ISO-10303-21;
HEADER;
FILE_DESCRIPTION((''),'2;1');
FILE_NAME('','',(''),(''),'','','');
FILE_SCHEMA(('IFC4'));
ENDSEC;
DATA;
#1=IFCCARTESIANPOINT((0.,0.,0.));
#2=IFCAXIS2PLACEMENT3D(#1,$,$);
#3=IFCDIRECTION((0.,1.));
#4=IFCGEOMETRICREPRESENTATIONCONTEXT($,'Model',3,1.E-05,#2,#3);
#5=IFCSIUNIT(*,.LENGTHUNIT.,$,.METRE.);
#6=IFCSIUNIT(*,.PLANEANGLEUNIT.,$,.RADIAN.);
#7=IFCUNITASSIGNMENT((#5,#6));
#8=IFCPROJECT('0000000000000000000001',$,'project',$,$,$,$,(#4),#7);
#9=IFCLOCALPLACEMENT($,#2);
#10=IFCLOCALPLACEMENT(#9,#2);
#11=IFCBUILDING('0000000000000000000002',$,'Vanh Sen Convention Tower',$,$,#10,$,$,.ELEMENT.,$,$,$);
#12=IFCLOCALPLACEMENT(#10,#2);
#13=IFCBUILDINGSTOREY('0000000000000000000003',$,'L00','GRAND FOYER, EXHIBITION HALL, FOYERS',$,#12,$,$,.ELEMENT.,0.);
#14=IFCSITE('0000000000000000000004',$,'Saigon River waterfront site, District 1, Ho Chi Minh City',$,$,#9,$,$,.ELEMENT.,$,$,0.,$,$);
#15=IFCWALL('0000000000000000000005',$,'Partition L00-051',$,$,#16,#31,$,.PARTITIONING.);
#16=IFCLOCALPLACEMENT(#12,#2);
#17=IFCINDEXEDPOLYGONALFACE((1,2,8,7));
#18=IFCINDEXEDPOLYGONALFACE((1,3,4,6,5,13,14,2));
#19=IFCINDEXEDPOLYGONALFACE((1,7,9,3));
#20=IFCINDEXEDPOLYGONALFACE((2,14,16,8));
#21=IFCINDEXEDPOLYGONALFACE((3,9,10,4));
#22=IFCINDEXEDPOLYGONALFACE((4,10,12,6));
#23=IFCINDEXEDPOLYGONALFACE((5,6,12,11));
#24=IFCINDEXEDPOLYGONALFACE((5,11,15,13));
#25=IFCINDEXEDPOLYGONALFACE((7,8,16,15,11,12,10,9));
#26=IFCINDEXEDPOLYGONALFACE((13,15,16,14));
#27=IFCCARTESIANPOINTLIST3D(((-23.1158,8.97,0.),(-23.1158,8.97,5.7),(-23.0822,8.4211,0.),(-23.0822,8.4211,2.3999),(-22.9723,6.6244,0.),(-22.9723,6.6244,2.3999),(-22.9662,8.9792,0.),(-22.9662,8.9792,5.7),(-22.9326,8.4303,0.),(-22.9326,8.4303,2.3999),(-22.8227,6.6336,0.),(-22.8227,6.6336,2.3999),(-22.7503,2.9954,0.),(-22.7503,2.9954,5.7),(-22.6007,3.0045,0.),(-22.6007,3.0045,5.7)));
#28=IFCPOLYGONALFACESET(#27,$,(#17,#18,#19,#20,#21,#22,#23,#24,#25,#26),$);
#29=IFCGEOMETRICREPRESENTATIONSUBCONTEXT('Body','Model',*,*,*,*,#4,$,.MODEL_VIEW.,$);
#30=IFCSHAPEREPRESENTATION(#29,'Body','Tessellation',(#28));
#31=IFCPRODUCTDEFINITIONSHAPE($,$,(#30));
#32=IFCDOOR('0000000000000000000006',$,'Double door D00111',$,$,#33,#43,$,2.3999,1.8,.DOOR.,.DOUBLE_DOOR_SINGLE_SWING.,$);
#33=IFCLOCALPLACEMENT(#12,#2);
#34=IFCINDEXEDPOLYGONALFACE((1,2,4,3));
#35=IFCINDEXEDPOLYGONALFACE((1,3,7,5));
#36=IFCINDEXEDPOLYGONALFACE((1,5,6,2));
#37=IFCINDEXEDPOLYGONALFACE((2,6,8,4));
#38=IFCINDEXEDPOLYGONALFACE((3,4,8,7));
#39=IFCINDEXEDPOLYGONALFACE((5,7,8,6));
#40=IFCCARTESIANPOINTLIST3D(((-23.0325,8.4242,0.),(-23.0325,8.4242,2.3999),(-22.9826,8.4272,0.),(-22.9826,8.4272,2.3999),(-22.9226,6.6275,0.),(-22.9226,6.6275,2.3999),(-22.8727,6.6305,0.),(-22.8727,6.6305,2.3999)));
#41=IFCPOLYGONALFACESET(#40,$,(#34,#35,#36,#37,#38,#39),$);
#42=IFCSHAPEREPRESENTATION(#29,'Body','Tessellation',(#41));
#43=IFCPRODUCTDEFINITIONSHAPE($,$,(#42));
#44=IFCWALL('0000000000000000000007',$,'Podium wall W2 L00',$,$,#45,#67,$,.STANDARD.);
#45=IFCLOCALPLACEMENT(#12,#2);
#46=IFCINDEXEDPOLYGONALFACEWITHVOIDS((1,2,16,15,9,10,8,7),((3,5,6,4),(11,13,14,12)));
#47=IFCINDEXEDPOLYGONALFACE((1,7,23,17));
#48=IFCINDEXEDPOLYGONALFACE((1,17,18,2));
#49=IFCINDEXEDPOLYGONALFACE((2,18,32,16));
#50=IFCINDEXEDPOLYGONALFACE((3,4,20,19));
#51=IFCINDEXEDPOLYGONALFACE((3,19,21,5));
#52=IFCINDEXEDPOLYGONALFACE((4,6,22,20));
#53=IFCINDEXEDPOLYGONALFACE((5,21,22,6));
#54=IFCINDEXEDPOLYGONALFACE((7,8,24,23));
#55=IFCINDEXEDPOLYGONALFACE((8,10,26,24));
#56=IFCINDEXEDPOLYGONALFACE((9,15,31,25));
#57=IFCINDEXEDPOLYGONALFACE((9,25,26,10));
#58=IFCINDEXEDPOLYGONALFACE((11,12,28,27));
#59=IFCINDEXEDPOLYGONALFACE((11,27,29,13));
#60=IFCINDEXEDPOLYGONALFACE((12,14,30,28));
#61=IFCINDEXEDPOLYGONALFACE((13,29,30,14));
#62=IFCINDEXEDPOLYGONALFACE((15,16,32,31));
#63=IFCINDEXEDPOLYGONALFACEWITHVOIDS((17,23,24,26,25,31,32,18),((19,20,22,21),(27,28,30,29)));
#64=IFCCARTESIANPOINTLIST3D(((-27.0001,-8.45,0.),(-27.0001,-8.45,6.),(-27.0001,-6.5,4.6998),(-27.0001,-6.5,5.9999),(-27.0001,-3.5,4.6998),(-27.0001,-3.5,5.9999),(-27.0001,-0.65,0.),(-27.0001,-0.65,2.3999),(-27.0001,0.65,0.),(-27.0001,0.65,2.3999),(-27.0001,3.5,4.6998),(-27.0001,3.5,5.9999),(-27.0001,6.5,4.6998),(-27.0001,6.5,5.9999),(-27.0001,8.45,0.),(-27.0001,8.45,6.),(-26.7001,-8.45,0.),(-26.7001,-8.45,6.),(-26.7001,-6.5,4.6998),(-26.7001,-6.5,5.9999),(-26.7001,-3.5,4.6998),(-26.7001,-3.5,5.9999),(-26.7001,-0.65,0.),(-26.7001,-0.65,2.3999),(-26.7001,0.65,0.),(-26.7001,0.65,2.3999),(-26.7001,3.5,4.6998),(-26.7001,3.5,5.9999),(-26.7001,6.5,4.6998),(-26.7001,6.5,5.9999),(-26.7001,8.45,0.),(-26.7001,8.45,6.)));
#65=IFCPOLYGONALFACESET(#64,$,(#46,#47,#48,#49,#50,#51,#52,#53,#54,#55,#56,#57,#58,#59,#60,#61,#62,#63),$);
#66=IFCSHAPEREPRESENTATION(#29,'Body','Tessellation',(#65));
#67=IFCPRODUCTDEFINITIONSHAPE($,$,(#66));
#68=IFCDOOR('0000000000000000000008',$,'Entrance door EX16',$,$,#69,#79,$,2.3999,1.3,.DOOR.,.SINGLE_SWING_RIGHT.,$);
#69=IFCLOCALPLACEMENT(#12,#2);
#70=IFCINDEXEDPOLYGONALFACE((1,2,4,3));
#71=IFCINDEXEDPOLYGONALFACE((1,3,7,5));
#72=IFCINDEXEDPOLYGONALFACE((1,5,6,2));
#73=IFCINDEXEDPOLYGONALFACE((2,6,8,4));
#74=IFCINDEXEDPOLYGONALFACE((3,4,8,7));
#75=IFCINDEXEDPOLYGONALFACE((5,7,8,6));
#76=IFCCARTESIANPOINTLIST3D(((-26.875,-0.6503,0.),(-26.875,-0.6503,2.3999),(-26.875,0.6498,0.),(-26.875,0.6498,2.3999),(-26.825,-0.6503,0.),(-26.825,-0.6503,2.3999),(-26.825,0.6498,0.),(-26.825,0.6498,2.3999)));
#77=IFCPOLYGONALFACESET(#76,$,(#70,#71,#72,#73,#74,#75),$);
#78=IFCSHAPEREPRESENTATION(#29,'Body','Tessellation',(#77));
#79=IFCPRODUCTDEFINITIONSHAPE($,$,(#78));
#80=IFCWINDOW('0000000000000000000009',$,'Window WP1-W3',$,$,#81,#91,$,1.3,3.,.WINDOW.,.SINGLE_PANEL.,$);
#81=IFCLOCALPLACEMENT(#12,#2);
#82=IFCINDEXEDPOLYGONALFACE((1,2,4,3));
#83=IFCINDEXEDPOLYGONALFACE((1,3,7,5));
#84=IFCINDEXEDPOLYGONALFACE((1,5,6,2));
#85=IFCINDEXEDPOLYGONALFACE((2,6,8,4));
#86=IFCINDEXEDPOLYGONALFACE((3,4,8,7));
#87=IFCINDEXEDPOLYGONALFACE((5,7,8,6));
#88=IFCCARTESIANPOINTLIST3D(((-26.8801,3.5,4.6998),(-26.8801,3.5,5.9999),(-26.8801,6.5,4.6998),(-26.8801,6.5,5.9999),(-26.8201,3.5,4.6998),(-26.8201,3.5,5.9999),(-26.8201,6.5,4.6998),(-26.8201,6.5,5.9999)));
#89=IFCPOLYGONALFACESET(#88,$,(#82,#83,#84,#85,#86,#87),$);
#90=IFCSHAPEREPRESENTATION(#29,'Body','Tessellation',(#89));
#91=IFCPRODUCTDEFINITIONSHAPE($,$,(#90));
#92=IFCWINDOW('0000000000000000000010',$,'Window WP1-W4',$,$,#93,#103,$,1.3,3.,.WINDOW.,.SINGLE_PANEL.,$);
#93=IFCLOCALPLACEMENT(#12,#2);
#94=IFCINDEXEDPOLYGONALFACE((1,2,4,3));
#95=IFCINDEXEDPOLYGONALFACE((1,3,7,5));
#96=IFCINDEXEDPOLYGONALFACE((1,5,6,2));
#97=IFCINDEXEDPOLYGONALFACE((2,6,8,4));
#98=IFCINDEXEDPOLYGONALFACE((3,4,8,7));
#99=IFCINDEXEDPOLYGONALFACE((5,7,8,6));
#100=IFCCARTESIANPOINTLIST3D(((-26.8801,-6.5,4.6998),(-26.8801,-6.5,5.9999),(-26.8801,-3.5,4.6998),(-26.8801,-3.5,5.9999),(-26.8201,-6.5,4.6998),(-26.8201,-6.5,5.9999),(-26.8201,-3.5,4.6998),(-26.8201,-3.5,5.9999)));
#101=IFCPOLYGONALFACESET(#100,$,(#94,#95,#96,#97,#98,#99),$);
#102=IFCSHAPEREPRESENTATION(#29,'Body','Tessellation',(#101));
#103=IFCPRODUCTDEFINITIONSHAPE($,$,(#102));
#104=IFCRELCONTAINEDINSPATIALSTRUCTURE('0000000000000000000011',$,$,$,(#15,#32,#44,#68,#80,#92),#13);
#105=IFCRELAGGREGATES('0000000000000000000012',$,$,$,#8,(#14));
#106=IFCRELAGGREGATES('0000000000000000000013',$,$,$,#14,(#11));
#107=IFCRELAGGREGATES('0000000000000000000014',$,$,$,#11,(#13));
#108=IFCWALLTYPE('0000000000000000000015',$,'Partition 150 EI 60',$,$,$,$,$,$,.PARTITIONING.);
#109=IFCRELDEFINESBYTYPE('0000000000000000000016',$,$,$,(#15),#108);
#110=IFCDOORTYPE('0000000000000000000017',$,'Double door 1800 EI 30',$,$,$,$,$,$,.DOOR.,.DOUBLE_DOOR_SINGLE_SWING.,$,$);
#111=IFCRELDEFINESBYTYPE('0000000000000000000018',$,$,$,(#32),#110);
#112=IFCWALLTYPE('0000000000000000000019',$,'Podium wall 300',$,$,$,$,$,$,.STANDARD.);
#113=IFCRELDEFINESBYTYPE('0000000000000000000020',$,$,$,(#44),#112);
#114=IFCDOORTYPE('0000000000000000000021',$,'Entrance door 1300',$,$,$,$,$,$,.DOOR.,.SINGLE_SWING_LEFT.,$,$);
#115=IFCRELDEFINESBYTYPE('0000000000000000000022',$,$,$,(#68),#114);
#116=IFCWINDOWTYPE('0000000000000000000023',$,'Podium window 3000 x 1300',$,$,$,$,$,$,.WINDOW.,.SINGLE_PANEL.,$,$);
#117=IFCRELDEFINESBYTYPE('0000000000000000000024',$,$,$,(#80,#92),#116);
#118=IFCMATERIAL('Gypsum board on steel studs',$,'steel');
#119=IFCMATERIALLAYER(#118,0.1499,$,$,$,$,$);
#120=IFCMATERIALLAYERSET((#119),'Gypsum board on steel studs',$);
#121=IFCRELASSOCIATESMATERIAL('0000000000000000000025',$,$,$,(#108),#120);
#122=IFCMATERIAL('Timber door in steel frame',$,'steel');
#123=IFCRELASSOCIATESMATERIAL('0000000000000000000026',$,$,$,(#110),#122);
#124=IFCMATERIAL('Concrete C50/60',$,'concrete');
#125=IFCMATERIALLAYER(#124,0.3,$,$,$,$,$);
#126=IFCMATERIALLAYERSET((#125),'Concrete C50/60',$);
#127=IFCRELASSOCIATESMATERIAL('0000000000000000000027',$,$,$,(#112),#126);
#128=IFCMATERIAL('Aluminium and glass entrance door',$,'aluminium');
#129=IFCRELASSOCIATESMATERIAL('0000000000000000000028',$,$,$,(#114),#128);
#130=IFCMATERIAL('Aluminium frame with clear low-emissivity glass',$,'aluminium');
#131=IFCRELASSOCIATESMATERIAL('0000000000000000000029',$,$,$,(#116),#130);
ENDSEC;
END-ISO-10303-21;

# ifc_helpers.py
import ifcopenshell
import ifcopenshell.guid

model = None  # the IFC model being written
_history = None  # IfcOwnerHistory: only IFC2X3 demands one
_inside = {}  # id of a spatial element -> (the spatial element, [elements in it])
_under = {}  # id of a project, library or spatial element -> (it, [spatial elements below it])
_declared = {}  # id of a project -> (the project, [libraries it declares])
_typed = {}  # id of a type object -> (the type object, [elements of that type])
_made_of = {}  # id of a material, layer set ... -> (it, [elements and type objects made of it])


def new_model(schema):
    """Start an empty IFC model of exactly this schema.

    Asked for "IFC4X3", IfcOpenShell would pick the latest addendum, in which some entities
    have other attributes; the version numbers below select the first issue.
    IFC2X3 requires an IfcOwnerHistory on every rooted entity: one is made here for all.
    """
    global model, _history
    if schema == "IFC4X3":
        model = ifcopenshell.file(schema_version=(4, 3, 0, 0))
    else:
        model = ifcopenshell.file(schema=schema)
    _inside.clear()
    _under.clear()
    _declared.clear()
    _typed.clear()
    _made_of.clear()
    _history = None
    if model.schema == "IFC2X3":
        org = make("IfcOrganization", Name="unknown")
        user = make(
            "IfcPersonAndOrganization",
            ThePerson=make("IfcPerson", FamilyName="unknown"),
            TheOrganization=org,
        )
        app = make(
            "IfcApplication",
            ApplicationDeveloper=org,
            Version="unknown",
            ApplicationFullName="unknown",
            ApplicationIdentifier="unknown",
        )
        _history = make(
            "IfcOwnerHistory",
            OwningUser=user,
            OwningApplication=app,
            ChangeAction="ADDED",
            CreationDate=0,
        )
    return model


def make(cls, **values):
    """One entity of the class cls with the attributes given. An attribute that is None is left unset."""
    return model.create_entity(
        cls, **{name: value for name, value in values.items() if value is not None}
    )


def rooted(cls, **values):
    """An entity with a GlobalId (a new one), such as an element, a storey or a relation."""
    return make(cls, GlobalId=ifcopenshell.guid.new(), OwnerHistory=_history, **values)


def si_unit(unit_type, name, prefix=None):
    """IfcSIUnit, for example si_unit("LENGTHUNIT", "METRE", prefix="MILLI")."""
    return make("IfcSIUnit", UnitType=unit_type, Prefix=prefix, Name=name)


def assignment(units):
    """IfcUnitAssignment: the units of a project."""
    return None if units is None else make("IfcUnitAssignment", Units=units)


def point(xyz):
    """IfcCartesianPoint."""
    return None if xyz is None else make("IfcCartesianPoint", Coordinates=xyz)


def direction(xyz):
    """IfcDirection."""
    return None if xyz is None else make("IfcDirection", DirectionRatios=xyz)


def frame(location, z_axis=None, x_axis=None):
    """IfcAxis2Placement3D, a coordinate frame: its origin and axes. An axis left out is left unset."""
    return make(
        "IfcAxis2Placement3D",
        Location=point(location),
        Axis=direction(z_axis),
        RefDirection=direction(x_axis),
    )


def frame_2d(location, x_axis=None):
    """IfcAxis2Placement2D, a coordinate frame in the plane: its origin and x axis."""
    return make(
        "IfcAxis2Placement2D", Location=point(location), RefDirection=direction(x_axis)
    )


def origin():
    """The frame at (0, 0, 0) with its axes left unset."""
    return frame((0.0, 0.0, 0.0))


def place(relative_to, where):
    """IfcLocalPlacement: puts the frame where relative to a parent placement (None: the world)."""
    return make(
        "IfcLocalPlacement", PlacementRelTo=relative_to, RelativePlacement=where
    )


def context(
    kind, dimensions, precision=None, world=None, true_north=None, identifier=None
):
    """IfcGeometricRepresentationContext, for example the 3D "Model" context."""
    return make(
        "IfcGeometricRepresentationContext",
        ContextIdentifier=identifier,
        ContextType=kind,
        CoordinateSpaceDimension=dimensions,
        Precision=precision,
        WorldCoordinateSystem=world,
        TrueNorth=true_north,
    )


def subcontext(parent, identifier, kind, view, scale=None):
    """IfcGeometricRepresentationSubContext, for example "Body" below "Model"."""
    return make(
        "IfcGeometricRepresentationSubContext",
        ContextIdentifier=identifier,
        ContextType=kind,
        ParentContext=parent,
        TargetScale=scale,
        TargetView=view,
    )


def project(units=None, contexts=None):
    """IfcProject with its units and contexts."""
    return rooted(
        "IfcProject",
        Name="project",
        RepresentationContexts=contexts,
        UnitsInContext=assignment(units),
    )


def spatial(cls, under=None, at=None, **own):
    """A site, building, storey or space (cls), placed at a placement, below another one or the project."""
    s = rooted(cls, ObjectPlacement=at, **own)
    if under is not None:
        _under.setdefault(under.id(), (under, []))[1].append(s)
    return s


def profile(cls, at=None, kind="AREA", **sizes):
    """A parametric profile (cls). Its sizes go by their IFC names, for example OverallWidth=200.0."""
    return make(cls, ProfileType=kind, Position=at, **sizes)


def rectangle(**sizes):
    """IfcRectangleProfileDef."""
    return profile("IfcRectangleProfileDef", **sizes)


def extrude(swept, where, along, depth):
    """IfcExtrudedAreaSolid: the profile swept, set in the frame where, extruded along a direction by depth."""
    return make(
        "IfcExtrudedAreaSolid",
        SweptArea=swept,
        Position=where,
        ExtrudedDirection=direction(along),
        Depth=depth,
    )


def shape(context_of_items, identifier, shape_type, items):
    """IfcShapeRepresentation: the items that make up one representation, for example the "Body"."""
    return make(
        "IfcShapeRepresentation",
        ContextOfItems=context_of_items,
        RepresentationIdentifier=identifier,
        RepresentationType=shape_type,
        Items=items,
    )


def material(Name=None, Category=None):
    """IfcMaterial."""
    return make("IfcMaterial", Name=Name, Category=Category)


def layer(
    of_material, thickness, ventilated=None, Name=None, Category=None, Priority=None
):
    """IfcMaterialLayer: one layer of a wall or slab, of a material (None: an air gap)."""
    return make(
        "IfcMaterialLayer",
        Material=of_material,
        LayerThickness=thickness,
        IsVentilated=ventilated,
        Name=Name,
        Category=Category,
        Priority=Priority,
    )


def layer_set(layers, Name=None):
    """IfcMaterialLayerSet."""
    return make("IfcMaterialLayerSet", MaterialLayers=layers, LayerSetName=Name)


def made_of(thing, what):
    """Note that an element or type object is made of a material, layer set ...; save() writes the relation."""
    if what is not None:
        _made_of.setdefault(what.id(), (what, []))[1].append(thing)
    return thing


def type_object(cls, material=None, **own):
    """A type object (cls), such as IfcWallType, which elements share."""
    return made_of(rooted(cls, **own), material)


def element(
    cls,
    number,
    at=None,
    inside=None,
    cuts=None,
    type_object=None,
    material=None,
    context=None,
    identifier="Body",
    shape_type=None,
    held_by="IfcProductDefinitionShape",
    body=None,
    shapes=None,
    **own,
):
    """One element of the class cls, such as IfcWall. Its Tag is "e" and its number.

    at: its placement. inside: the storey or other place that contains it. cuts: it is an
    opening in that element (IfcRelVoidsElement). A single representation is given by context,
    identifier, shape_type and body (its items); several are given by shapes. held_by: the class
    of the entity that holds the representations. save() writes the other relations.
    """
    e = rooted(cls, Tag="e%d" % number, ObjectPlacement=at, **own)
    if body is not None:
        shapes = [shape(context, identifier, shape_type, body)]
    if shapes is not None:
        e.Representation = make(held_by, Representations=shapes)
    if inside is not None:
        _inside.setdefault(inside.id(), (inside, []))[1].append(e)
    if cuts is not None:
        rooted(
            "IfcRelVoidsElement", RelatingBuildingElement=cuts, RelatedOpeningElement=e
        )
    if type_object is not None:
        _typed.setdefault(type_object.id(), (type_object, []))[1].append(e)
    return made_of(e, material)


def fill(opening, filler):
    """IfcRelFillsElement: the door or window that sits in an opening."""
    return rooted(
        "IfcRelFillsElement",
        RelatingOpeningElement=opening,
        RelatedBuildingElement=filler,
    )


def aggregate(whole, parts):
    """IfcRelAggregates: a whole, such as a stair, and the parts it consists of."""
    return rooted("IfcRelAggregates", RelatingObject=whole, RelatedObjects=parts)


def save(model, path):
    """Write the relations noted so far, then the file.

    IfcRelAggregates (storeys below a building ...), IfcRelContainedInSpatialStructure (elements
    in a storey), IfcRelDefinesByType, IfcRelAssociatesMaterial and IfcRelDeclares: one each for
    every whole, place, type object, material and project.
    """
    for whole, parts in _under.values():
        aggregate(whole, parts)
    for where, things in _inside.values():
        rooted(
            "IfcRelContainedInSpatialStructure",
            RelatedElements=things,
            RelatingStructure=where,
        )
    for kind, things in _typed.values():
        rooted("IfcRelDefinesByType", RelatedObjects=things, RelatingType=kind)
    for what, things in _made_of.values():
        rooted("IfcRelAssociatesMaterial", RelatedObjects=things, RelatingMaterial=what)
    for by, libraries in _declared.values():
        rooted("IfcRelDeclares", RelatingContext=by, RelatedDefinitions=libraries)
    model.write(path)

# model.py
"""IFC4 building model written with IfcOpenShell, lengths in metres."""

from ifc_helpers import new_model, si_unit, direction, frame, frame_2d, origin, place, context, subcontext, project, spatial, rectangle, extrude, material, layer, layer_set, type_object, element, fill, save


model = new_model("IFC4")

# Units and contexts
model_context = context("Model", 3, precision=1e-05, world=origin(), true_north=direction((0.0, 1.0)))
body_context = subcontext(model_context, "Body", "Model", "MODEL_VIEW")
ifc_project = project(units=[si_unit("LENGTHUNIT", "METRE"), si_unit("PLANEANGLEUNIT", "RADIAN")], contexts=[model_context])

# Site, building, storey
site_placement = place(None, origin())
site = spatial("IfcSite", under=ifc_project, at=site_placement, Name="Saigon River waterfront site, District 1, Ho Chi Minh City", CompositionType="ELEMENT", RefElevation=0.0)
building_placement = place(site_placement, origin())
building = spatial("IfcBuilding", under=site, at=building_placement, Name="Vanh Sen Convention Tower", CompositionType="ELEMENT")
storey_placement = place(building_placement, origin())
storey = spatial("IfcBuildingStorey", under=building, at=storey_placement, Name="L00", Description="GRAND FOYER, EXHIBITION HALL, FOYERS", CompositionType="ELEMENT", Elevation=0.0)

# Shared definitions
ifc_material_1 = material(Name="Gypsum board on steel studs", Category="steel")
ifc_layer_1 = layer(ifc_material_1, 0.1499)
ifc_layer_set_1 = layer_set([ifc_layer_1], Name="Gypsum board on steel studs")
wall_type_1 = type_object("IfcWallType", Name="Partition 150 EI 60", PredefinedType="PARTITIONING", material=ifc_layer_set_1)

# Wall, opening, door
wall_1_placement = place(storey_placement, frame((-23.041, 8.9746, 0.0), z_axis=(0.0, 0.0, 1.0), x_axis=(0.061058, -0.998134, 0.0)))
wall_1 = element("IfcWall", 1, at=wall_1_placement, inside=storey, type_object=wall_type_1, Name="Partition L00-051", PredefinedType="PARTITIONING", context=body_context, shape_type="SweptSolid", body=[
    extrude(rectangle(XDim=5.9858, YDim=0.1499, at=frame_2d((2.9929, 0.0))), origin(), (0.0, 0.0, 1.0), 5.7),
])
opening_1_placement = place(wall_1_placement, frame((0.55, 0.0, 0.0)))
opening_1 = element("IfcOpeningElement", 2, at=opening_1_placement, cuts=wall_1, PredefinedType="OPENING", context=body_context, shape_type="SweptSolid", body=[
    extrude(rectangle(XDim=1.8, YDim=2.3999, at=frame_2d((0.8999, 1.2))), frame((0.0, 0.085, 0.0), z_axis=(0.0, -1.0, 0.0), x_axis=(1.0, 0.0, 0.0)), (0.0, 0.0, 1.0), 0.1699),
])
ifc_material_2 = material(Name="Timber door in steel frame", Category="steel")
door_type_1 = type_object("IfcDoorType", Name="Double door 1800 EI 30", OperationType="DOUBLE_DOOR_SINGLE_SWING", PredefinedType="DOOR", material=ifc_material_2)
door_1_placement = place(opening_1_placement, origin())
door_1 = element("IfcDoor", 3, at=door_1_placement, inside=storey, type_object=door_type_1, Name="Double door D00111", OperationType="DOUBLE_DOOR_SINGLE_SWING", OverallHeight=2.3999, OverallWidth=1.8, PredefinedType="DOOR", context=body_context, shape_type="SweptSolid", body=[
    extrude(rectangle(XDim=1.8, YDim=2.3999, at=frame_2d((0.8999, 1.2))), frame((0.0, 0.0249, 0.0), z_axis=(0.0, -1.0, 0.0), x_axis=(1.0, 0.0, 0.0)), (0.0, 0.0, 1.0), 0.05),
])
fill(opening_1, door_1)

# Wall, openings, door, windows
ifc_material_3 = material(Name="Concrete C50/60", Category="concrete")
ifc_layer_2 = layer(ifc_material_3, 0.3)
ifc_layer_set_2 = layer_set([ifc_layer_2], Name="Concrete C50/60")
wall_type_2 = type_object("IfcWallType", Name="Podium wall 300", PredefinedType="STANDARD", material=ifc_layer_set_2)
wall_2_placement = place(storey_placement, frame((-26.8501, 8.45, 0.0), z_axis=(0.0, 0.0, 1.0), x_axis=(0.0, -1.0, 0.0)))
wall_2 = element("IfcWall", 4, at=wall_2_placement, inside=storey, type_object=wall_type_2, Name="Podium wall W2 L00", PredefinedType="STANDARD", context=body_context, shape_type="SweptSolid", body=[
    extrude(rectangle(XDim=16.8999, YDim=0.3, at=frame_2d((8.45, 0.0))), origin(), (0.0, 0.0, 1.0), 6.0),
])
opening_2_placement = place(wall_2_placement, frame((1.95, 0.0, 4.7)))
opening_2 = element("IfcOpeningElement", 5, at=opening_2_placement, cuts=wall_2, PredefinedType="OPENING", context=body_context, shape_type="SweptSolid", body=[
    extrude(rectangle(XDim=3.0, YDim=1.3, at=frame_2d((1.5, 0.6499))), frame((0.0, 0.1599, 0.0), z_axis=(0.0, -1.0, 0.0), x_axis=(1.0, 0.0, 0.0)), (0.0, 0.0, 1.0), 0.3201),
])
opening_3_placement = place(wall_2_placement, frame((11.95, 0.0, 4.7)))
opening_3 = element("IfcOpeningElement", 6, at=opening_3_placement, cuts=wall_2, PredefinedType="OPENING", context=body_context, shape_type="SweptSolid", body=[
    extrude(rectangle(XDim=3.0, YDim=1.3, at=frame_2d((1.5, 0.6499))), frame((0.0, 0.1599, 0.0), z_axis=(0.0, -1.0, 0.0), x_axis=(1.0, 0.0, 0.0)), (0.0, 0.0, 1.0), 0.3201),
])
opening_4_placement = place(wall_2_placement, frame((7.8, 0.0, 0.0)))
opening_4 = element("IfcOpeningElement", 7, at=opening_4_placement, cuts=wall_2, PredefinedType="OPENING", context=body_context, shape_type="SweptSolid", body=[
    extrude(rectangle(XDim=1.3, YDim=2.3999, at=frame_2d((0.6499, 1.2))), frame((0.0, 0.1599, 0.0), z_axis=(0.0, -1.0, 0.0), x_axis=(1.0, 0.0, 0.0)), (0.0, 0.0, 1.0), 0.3201),
])
ifc_material_4 = material(Name="Aluminium and glass entrance door", Category="aluminium")
door_type_2 = type_object("IfcDoorType", Name="Entrance door 1300", OperationType="SINGLE_SWING_LEFT", PredefinedType="DOOR", material=ifc_material_4)
door_2_placement = place(opening_4_placement, frame((1.3, 0.0, 0.0), z_axis=(0.0, 0.0, 1.0), x_axis=(-1.0, 0.0, 0.0)))
door_2 = element("IfcDoor", 8, at=door_2_placement, inside=storey, type_object=door_type_2, Name="Entrance door EX16", OperationType="SINGLE_SWING_RIGHT", OverallHeight=2.3999, OverallWidth=1.3, PredefinedType="DOOR", context=body_context, shape_type="SweptSolid", body=[
    extrude(rectangle(XDim=1.3, YDim=2.3999, at=frame_2d((0.6499, 1.2))), frame((0.0, 0.0249, 0.0), z_axis=(0.0, -1.0, 0.0), x_axis=(1.0, 0.0, 0.0)), (0.0, 0.0, 1.0), 0.05),
])
fill(opening_4, door_2)
ifc_material_5 = material(Name="Aluminium frame with clear low-emissivity glass", Category="aluminium")
window_type = type_object("IfcWindowType", Name="Podium window 3000 x 1300", PartitioningType="SINGLE_PANEL", PredefinedType="WINDOW", material=ifc_material_5)
window_1_placement = place(opening_2_placement, origin())
window_1 = element("IfcWindow", 9, at=window_1_placement, inside=storey, type_object=window_type, Name="Window WP1-W3", OverallHeight=1.3, OverallWidth=3.0, PartitioningType="SINGLE_PANEL", PredefinedType="WINDOW", context=body_context, shape_type="SweptSolid", body=[
    extrude(rectangle(XDim=3.0, YDim=1.3, at=frame_2d((1.5, 0.6499))), frame((0.0, 0.03, 0.0), z_axis=(0.0, -1.0, 0.0), x_axis=(1.0, 0.0, 0.0)), (0.0, 0.0, 1.0), 0.0601),
])
fill(opening_2, window_1)
window_2_placement = place(opening_3_placement, origin())
window_2 = element("IfcWindow", 10, at=window_2_placement, inside=storey, type_object=window_type, Name="Window WP1-W4", OverallHeight=1.3, OverallWidth=3.0, PartitioningType="SINGLE_PANEL", PredefinedType="WINDOW", context=body_context, shape_type="SweptSolid", body=[
    extrude(rectangle(XDim=3.0, YDim=1.3, at=frame_2d((1.5, 0.6499))), frame((0.0, 0.03, 0.0), z_axis=(0.0, -1.0, 0.0), x_axis=(1.0, 0.0, 0.0)), (0.0, 0.0, 1.0), 0.0601),
])
fill(opening_3, window_2)

save(model, "model.ifc")
